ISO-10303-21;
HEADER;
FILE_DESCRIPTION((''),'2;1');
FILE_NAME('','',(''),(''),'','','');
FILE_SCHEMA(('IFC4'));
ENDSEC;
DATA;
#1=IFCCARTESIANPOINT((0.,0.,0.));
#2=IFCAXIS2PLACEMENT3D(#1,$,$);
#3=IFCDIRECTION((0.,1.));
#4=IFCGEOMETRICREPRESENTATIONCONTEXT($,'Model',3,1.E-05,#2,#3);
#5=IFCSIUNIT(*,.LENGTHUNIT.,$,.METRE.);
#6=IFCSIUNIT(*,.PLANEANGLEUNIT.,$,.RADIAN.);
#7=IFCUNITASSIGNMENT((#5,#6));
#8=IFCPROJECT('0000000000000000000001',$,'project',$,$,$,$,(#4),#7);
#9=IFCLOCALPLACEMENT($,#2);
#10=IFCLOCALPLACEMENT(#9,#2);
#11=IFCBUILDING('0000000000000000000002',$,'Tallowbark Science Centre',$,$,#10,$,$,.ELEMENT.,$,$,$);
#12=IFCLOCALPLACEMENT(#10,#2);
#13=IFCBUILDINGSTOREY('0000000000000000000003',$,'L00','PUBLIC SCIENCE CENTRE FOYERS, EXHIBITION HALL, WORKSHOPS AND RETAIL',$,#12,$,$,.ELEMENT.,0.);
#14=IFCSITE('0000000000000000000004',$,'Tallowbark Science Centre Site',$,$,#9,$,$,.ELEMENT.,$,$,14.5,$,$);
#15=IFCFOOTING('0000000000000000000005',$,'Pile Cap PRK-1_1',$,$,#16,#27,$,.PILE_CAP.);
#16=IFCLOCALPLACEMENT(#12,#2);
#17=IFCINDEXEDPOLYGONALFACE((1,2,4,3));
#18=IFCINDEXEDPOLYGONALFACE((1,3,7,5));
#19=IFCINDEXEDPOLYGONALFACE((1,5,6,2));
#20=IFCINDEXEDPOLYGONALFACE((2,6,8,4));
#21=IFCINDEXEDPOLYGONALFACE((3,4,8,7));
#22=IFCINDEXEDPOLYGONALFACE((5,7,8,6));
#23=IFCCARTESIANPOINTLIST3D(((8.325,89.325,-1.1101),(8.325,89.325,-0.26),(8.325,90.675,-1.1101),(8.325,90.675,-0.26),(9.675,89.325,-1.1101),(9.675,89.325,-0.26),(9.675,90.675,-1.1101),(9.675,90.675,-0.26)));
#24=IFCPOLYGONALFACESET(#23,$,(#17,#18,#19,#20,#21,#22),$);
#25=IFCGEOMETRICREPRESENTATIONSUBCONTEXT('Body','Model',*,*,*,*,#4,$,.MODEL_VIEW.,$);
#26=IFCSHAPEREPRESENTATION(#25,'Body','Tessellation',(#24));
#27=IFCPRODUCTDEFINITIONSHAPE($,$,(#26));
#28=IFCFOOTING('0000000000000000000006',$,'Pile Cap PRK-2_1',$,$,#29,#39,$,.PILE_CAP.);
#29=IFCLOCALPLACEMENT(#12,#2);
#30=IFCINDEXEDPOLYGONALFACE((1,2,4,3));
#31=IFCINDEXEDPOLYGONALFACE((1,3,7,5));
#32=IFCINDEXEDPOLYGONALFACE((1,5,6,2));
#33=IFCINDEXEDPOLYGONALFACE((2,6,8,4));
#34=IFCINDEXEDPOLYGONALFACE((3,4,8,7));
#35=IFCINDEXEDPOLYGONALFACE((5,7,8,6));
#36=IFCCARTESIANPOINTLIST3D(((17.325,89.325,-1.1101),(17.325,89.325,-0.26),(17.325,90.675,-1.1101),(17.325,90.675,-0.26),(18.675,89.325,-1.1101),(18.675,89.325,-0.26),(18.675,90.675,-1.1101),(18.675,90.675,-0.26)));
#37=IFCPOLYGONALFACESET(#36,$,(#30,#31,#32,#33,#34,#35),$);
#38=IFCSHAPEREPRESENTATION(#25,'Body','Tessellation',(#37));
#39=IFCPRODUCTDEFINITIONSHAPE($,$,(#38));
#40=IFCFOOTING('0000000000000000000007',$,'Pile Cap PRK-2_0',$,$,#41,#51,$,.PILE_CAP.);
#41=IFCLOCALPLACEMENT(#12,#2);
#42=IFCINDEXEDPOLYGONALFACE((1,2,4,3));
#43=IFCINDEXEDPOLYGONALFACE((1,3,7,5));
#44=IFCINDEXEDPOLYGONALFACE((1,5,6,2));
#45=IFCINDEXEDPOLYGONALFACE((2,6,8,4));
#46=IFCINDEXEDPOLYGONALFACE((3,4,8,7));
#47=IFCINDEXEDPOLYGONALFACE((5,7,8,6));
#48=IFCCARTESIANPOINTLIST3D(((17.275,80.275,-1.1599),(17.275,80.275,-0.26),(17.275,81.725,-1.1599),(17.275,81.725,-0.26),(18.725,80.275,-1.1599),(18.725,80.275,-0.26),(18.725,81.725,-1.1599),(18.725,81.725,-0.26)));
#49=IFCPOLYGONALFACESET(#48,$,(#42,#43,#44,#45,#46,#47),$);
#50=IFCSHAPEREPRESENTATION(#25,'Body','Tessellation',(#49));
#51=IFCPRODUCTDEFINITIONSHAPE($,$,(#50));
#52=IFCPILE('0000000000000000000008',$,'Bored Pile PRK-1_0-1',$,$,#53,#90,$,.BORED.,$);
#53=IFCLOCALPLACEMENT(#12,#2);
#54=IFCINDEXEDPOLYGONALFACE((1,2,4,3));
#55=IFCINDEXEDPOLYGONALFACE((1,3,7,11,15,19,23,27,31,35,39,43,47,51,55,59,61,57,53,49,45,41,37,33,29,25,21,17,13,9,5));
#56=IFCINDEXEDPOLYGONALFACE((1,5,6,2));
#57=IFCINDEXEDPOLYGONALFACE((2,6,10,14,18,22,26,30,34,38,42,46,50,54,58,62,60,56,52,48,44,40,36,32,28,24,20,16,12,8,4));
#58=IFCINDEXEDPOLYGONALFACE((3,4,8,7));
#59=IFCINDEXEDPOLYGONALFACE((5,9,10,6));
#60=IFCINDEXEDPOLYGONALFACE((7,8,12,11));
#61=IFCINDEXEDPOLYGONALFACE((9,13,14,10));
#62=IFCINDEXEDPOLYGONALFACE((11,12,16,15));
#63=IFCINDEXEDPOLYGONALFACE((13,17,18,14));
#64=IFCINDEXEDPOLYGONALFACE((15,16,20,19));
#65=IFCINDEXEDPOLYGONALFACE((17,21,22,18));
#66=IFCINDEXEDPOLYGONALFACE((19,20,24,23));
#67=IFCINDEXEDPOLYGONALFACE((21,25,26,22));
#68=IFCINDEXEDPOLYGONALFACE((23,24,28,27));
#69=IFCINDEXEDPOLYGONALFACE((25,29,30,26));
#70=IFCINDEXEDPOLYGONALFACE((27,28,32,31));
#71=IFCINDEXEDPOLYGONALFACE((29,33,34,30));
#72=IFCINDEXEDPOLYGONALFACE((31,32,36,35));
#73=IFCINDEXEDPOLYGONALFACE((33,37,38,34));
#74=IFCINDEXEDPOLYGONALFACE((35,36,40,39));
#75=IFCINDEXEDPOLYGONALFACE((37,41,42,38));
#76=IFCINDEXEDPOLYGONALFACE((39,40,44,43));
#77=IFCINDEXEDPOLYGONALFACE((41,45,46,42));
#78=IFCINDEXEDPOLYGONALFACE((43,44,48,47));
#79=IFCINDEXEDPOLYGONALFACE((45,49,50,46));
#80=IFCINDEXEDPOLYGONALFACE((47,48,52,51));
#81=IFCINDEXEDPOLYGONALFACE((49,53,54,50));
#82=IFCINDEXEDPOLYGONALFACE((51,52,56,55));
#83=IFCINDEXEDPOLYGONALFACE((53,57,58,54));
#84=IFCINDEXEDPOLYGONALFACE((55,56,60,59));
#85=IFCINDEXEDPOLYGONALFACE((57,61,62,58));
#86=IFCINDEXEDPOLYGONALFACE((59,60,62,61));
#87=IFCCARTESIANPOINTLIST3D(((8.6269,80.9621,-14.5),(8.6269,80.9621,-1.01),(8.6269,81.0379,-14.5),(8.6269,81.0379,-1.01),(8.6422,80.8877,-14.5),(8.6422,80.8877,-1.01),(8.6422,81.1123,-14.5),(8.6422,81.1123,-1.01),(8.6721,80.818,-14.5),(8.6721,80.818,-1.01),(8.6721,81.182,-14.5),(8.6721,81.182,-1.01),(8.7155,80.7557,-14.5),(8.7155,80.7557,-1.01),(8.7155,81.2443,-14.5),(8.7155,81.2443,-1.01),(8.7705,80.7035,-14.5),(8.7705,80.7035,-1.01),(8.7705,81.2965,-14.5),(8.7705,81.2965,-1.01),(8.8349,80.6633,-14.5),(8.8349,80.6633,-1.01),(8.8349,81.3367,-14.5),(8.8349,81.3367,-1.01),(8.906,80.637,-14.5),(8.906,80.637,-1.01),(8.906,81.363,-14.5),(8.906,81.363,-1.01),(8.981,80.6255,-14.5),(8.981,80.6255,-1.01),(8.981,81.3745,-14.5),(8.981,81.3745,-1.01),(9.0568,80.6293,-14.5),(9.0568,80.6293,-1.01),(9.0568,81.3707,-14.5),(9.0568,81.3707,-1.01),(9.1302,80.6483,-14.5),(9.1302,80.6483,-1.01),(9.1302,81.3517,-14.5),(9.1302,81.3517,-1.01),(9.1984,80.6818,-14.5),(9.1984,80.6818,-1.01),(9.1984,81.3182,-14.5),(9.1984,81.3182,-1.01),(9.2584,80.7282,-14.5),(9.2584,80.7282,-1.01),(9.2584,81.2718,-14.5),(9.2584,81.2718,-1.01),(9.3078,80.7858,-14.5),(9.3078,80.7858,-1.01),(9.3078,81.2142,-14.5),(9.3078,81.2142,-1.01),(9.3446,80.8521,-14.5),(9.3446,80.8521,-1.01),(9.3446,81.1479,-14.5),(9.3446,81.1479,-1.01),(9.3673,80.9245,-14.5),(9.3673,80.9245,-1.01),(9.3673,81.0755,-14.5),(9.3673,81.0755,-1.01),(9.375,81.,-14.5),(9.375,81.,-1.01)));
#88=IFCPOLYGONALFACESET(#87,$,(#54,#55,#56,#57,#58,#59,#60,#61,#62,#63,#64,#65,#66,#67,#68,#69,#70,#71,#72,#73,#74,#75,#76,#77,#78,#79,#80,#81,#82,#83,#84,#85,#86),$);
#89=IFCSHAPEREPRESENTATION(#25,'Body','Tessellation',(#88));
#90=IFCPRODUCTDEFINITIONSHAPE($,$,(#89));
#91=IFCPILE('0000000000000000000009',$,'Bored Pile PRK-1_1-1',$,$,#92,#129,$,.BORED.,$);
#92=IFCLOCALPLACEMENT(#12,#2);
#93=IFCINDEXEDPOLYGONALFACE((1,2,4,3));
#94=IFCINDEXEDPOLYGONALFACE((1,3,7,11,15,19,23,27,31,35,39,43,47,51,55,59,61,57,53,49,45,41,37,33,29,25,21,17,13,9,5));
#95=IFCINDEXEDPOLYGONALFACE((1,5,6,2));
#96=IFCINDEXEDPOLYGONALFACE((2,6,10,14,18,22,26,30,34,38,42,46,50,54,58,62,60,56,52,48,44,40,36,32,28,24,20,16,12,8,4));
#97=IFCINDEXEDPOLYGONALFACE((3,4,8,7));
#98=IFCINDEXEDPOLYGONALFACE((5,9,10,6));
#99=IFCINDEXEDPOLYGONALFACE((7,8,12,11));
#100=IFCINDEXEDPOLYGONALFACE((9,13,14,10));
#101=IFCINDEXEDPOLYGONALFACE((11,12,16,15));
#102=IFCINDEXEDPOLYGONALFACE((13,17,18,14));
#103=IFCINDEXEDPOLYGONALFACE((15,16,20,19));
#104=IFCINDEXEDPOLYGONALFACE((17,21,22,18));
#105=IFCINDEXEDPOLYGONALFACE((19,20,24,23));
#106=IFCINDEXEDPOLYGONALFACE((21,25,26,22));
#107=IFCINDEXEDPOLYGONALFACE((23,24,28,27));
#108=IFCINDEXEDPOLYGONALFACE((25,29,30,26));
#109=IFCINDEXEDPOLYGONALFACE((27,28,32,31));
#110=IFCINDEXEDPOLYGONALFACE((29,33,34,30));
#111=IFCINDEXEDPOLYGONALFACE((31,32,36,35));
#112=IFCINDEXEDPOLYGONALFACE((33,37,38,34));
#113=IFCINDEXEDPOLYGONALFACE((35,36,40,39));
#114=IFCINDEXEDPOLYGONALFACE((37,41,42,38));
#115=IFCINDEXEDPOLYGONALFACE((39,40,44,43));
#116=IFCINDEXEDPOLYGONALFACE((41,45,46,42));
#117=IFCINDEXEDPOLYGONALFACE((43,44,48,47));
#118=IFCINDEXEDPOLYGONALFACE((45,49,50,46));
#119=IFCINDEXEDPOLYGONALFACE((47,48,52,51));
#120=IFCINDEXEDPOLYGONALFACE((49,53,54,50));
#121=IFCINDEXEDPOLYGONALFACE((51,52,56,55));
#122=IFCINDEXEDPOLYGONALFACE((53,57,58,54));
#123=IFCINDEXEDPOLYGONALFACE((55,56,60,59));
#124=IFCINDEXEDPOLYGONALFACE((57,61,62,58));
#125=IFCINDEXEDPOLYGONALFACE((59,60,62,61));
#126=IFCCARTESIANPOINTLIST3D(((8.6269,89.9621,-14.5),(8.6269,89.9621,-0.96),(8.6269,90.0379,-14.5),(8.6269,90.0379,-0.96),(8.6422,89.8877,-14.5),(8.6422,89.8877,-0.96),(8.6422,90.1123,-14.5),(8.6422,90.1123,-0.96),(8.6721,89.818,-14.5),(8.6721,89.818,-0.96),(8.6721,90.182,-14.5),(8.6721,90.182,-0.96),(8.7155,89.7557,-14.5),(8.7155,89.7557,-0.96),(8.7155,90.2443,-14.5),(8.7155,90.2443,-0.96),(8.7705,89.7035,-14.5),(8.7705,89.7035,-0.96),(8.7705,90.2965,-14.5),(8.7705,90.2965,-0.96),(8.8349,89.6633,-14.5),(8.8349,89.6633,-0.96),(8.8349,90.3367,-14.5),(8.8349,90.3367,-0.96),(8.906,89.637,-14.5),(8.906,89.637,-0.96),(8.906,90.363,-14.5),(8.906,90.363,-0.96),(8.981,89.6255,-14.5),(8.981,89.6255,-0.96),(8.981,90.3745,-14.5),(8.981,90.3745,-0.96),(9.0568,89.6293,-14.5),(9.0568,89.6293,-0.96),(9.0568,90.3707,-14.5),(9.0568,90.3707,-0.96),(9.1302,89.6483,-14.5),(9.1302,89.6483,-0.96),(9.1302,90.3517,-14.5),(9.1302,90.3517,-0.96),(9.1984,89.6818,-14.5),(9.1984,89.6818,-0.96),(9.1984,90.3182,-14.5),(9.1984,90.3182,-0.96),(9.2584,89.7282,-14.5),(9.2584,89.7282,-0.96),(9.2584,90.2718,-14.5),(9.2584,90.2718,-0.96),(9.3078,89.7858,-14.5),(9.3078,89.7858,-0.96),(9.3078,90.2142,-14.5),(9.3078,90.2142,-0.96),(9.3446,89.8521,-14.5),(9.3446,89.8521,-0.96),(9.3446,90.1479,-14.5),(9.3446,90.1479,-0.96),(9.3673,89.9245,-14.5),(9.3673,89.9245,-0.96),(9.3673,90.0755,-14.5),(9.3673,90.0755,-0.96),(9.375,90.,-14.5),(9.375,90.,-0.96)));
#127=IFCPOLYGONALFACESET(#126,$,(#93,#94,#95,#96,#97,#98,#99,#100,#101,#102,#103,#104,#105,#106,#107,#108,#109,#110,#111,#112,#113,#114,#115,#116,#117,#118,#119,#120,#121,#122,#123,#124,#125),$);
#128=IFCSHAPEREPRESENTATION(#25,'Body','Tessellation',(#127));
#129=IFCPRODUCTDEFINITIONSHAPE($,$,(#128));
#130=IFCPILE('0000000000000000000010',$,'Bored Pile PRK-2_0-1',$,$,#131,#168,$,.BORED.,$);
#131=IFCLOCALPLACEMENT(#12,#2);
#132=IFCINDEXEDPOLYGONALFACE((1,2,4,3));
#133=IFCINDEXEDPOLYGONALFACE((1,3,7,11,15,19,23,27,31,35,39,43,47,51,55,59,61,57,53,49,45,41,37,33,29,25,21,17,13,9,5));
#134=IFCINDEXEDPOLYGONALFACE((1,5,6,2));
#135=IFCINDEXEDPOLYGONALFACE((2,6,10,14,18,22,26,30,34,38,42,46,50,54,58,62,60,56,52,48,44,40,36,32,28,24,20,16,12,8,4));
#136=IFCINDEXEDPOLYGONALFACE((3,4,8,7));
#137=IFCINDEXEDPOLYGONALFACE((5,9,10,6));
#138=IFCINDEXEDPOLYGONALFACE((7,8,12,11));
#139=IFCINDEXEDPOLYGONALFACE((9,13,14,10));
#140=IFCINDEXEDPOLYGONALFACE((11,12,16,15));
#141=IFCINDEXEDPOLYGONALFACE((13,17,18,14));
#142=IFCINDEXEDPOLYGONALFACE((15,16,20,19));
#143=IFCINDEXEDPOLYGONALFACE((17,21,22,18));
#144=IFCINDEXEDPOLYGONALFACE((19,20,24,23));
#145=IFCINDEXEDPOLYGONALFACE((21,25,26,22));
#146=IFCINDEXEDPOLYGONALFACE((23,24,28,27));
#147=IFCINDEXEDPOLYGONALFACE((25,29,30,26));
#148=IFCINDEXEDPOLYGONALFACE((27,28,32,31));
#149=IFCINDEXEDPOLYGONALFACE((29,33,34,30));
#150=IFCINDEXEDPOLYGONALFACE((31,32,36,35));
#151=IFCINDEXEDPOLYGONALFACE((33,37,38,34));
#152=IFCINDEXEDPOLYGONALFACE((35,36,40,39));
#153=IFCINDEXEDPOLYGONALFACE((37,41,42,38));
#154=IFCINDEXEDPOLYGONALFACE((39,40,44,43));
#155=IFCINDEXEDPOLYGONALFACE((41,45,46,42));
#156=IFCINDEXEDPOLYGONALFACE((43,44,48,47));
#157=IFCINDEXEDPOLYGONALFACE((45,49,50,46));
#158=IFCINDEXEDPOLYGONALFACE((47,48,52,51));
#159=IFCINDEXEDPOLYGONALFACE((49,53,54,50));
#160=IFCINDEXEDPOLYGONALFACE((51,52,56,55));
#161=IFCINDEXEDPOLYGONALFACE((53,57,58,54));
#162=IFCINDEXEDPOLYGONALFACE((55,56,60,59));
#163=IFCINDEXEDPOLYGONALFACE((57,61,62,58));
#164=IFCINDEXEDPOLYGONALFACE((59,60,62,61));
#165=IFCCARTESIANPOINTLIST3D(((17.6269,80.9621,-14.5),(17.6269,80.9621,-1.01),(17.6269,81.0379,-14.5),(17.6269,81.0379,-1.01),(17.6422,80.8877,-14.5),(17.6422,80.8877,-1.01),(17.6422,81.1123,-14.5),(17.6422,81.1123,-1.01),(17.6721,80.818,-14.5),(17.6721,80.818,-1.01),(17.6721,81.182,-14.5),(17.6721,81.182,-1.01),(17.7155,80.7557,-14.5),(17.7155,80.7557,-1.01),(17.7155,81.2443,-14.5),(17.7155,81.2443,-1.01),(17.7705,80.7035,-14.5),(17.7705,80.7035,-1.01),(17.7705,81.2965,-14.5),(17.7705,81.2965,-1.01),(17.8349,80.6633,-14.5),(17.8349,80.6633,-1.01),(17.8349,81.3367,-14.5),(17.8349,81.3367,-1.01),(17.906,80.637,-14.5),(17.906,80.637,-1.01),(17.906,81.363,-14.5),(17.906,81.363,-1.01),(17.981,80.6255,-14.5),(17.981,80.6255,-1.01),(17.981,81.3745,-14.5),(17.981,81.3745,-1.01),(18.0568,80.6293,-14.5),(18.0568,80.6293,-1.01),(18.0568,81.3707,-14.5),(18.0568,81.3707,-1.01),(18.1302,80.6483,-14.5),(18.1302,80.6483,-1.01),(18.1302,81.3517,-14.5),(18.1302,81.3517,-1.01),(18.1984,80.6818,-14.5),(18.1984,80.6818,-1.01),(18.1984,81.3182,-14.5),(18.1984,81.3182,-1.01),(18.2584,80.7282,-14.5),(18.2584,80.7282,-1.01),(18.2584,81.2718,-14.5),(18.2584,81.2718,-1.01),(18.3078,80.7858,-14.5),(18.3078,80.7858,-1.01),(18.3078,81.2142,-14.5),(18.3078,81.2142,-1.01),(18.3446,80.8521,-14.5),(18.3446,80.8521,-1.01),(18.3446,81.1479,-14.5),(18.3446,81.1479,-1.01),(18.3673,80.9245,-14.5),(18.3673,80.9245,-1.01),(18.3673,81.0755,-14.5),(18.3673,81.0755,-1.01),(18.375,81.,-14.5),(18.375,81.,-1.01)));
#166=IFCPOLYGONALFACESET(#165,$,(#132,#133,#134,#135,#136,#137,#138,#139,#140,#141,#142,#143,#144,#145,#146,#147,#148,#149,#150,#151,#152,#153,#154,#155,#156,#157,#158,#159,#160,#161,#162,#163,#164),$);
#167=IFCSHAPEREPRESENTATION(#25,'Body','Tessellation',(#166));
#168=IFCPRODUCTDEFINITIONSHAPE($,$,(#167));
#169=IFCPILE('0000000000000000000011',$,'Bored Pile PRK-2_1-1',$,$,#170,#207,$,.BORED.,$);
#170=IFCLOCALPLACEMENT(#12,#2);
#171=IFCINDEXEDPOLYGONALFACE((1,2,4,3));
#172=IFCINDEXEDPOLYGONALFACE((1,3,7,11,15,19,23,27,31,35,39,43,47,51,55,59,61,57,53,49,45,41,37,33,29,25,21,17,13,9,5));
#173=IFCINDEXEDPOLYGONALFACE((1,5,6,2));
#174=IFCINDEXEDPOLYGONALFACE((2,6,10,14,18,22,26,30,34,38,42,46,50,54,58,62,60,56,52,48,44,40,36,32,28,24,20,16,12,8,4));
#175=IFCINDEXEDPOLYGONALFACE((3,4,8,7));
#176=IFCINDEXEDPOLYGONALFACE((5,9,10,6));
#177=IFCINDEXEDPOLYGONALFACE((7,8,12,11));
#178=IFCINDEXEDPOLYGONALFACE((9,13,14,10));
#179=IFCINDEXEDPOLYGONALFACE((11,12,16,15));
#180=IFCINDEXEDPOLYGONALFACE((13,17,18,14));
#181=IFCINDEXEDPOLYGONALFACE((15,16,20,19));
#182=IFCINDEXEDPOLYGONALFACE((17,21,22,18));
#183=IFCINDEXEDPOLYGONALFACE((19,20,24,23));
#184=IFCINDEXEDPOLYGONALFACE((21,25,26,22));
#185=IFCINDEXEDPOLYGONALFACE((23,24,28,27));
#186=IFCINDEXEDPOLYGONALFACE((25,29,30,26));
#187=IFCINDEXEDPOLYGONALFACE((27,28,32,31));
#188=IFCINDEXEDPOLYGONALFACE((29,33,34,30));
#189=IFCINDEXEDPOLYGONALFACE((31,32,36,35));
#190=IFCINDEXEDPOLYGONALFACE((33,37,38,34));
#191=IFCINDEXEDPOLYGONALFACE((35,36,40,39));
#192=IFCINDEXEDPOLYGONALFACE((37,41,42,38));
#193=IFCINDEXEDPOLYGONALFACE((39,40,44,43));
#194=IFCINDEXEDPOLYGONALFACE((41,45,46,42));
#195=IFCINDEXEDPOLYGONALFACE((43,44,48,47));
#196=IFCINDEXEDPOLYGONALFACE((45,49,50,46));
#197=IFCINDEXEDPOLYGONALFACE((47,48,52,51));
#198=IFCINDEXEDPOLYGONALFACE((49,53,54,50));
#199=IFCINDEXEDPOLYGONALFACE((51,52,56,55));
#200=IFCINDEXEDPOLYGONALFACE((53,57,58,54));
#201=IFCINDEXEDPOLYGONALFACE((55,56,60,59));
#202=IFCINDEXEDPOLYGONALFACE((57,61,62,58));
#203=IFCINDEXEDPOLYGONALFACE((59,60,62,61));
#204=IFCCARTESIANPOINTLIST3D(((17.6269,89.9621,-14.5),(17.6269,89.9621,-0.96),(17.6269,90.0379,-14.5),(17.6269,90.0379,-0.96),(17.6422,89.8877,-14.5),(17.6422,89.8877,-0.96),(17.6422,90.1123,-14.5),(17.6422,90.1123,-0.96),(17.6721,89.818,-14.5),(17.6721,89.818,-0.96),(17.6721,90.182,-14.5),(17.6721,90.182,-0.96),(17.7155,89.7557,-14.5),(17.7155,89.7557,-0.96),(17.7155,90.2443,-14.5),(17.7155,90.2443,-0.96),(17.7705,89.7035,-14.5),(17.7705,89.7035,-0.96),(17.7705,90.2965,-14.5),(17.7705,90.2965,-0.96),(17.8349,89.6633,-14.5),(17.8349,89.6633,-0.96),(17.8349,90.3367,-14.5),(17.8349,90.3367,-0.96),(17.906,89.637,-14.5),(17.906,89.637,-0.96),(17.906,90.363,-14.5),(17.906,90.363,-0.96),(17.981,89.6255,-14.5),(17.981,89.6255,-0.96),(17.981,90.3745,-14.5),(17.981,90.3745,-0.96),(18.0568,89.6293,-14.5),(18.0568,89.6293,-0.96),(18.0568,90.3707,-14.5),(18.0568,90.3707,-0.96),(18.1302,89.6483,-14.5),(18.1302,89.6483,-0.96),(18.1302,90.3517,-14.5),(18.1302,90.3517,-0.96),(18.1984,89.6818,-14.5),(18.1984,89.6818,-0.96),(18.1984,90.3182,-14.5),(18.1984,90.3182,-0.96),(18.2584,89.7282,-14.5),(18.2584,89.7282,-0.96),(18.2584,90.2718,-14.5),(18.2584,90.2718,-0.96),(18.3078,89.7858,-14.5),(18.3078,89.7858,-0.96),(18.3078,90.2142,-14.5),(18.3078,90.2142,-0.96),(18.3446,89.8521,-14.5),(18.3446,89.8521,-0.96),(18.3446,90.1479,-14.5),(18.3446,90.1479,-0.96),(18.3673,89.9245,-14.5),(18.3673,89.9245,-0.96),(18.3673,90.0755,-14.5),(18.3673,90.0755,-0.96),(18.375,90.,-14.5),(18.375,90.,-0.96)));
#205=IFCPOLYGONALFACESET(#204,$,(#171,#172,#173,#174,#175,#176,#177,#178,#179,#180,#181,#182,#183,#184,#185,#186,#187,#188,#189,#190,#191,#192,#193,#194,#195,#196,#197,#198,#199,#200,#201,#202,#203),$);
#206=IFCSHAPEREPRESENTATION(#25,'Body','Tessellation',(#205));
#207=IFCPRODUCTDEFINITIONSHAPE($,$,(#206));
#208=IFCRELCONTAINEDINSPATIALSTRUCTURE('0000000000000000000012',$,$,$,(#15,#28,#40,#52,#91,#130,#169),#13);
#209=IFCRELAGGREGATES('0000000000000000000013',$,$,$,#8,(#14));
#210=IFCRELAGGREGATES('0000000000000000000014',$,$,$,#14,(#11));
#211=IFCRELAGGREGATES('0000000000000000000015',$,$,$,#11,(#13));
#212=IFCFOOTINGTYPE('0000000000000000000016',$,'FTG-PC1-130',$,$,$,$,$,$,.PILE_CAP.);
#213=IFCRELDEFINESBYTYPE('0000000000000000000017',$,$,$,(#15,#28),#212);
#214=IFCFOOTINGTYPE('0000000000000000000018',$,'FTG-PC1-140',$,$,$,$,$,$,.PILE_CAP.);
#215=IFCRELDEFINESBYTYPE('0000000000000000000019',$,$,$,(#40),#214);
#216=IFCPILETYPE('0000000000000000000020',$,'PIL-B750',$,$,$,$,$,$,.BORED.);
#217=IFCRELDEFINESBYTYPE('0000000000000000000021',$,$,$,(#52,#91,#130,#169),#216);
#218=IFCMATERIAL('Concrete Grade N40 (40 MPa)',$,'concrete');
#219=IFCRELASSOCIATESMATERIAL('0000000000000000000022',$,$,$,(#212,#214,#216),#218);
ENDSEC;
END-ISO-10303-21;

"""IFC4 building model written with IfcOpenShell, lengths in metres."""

from ifc_helpers import new_model, si_unit, direction, frame, origin, origin_2d, place, context, subcontext, project, spatial, rectangle, circle, extrude, material, material_profile, profile_set, type_object, element, save


model = new_model("IFC4")

# Units and contexts
model_context = context("Model", 3, precision=1e-05, world=origin(), true_north=direction((0.0, 1.0)))
body_context = subcontext(model_context, "Body", "Model", "MODEL_VIEW")
ifc_project = project(units=[si_unit("LENGTHUNIT", "METRE"), si_unit("PLANEANGLEUNIT", "RADIAN")], contexts=[model_context])

# Site, building, storey
site_placement = place(None, origin())
site = spatial("IfcSite", under=ifc_project, at=site_placement, Name="Tallowbark Science Centre Site", CompositionType="ELEMENT", RefElevation=14.5)
building_placement = place(site_placement, origin())
building = spatial("IfcBuilding", under=site, at=building_placement, Name="Tallowbark Science Centre", CompositionType="ELEMENT")
storey_placement = place(building_placement, origin())
storey = spatial("IfcBuildingStorey", under=building, at=storey_placement, Name="L00", Description="PUBLIC SCIENCE CENTRE FOYERS, EXHIBITION HALL, WORKSHOPS AND RETAIL", CompositionType="ELEMENT", Elevation=0.0)

# Footings
ifc_material_1 = material(Name="Concrete Grade N40 (40 MPa)", Category="concrete")
footing_type_1 = type_object("IfcFootingType", Name="FTG-PC1-130", PredefinedType="PILE_CAP", material=ifc_material_1)
for number, where, z_axis, x_axis, name in (
    (1, (9.0, 90.0, -1.1101), (0.0, 0.0, 1.0), (1.0, 0.0, 0.0), "Pile Cap PRK-1_1"),
    (2, (18.0, 90.0, -1.1101), (0.0, 0.0, 1.0), (1.0, 0.0, 0.0), "Pile Cap PRK-2_1"),
):
    element("IfcFooting", number, at=place(storey_placement, frame(where, z_axis=z_axis, x_axis=x_axis)), inside=storey, type_object=footing_type_1, Name=name, PredefinedType="PILE_CAP", context=body_context, shape_type="SweptSolid", body=[
        extrude(rectangle(XDim=1.3501, YDim=1.3501, at=origin_2d()), origin(), (0.0, 0.0, 1.0), 0.8501),
    ])
footing_type_2 = type_object("IfcFootingType", Name="FTG-PC1-140", PredefinedType="PILE_CAP", material=ifc_material_1)
footing_placement = place(storey_placement, frame((18.0, 81.0, -1.1599), z_axis=(0.0, 0.0, 1.0), x_axis=(1.0, 0.0, 0.0)))
element("IfcFooting", 3, at=footing_placement, inside=storey, type_object=footing_type_2, Name="Pile Cap PRK-2_0", PredefinedType="PILE_CAP", context=body_context, shape_type="SweptSolid", body=[
    extrude(rectangle(XDim=1.45, YDim=1.45, at=origin_2d()), origin(), (0.0, 0.0, 1.0), 0.8999),
])

# Piles
ifc_material_profile_1 = material_profile(ifc_material_1, circle(Radius=0.375, at=origin_2d()), Name="PILE750")
ifc_profile_set_1 = profile_set([ifc_material_profile_1], Name="Concrete Grade N40 (40 MPa)")
pile_type = type_object("IfcPileType", Name="PIL-B750", PredefinedType="BORED", material=ifc_profile_set_1)
pile_1_placement = place(storey_placement, frame((9.0, 81.0, -1.01), z_axis=(0.0, 0.0, -1.0), x_axis=(1.0, 0.0, 0.0)))
element("IfcPile", 4, at=pile_1_placement, inside=storey, type_object=pile_type, Name="Bored Pile PRK-1_0-1", PredefinedType="BORED", context=body_context, shape_type="SweptSolid", body=[
    extrude(circle(Radius=0.375, at=origin_2d()), origin(), (0.0, 0.0, 1.0), 13.49),
])
pile_2_placement = place(storey_placement, frame((9.0, 90.0, -0.96), z_axis=(0.0, 0.0, -1.0), x_axis=(1.0, 0.0, 0.0)))
element("IfcPile", 5, at=pile_2_placement, inside=storey, type_object=pile_type, Name="Bored Pile PRK-1_1-1", PredefinedType="BORED", context=body_context, shape_type="SweptSolid", body=[
    extrude(circle(Radius=0.375, at=origin_2d()), origin(), (0.0, 0.0, 1.0), 13.54),
])
pile_3_placement = place(storey_placement, frame((18.0, 81.0, -1.01), z_axis=(0.0, 0.0, -1.0), x_axis=(1.0, 0.0, 0.0)))
element("IfcPile", 6, at=pile_3_placement, inside=storey, type_object=pile_type, Name="Bored Pile PRK-2_0-1", PredefinedType="BORED", context=body_context, shape_type="SweptSolid", body=[
    extrude(circle(Radius=0.375, at=origin_2d()), origin(), (0.0, 0.0, 1.0), 13.49),
])
pile_4_placement = place(storey_placement, frame((18.0, 90.0, -0.96), z_axis=(0.0, 0.0, -1.0), x_axis=(1.0, 0.0, 0.0)))
element("IfcPile", 7, at=pile_4_placement, inside=storey, type_object=pile_type, Name="Bored Pile PRK-2_1-1", PredefinedType="BORED", context=body_context, shape_type="SweptSolid", body=[
    extrude(circle(Radius=0.375, at=origin_2d()), origin(), (0.0, 0.0, 1.0), 13.54),
])

save(model, "model.ifc")
